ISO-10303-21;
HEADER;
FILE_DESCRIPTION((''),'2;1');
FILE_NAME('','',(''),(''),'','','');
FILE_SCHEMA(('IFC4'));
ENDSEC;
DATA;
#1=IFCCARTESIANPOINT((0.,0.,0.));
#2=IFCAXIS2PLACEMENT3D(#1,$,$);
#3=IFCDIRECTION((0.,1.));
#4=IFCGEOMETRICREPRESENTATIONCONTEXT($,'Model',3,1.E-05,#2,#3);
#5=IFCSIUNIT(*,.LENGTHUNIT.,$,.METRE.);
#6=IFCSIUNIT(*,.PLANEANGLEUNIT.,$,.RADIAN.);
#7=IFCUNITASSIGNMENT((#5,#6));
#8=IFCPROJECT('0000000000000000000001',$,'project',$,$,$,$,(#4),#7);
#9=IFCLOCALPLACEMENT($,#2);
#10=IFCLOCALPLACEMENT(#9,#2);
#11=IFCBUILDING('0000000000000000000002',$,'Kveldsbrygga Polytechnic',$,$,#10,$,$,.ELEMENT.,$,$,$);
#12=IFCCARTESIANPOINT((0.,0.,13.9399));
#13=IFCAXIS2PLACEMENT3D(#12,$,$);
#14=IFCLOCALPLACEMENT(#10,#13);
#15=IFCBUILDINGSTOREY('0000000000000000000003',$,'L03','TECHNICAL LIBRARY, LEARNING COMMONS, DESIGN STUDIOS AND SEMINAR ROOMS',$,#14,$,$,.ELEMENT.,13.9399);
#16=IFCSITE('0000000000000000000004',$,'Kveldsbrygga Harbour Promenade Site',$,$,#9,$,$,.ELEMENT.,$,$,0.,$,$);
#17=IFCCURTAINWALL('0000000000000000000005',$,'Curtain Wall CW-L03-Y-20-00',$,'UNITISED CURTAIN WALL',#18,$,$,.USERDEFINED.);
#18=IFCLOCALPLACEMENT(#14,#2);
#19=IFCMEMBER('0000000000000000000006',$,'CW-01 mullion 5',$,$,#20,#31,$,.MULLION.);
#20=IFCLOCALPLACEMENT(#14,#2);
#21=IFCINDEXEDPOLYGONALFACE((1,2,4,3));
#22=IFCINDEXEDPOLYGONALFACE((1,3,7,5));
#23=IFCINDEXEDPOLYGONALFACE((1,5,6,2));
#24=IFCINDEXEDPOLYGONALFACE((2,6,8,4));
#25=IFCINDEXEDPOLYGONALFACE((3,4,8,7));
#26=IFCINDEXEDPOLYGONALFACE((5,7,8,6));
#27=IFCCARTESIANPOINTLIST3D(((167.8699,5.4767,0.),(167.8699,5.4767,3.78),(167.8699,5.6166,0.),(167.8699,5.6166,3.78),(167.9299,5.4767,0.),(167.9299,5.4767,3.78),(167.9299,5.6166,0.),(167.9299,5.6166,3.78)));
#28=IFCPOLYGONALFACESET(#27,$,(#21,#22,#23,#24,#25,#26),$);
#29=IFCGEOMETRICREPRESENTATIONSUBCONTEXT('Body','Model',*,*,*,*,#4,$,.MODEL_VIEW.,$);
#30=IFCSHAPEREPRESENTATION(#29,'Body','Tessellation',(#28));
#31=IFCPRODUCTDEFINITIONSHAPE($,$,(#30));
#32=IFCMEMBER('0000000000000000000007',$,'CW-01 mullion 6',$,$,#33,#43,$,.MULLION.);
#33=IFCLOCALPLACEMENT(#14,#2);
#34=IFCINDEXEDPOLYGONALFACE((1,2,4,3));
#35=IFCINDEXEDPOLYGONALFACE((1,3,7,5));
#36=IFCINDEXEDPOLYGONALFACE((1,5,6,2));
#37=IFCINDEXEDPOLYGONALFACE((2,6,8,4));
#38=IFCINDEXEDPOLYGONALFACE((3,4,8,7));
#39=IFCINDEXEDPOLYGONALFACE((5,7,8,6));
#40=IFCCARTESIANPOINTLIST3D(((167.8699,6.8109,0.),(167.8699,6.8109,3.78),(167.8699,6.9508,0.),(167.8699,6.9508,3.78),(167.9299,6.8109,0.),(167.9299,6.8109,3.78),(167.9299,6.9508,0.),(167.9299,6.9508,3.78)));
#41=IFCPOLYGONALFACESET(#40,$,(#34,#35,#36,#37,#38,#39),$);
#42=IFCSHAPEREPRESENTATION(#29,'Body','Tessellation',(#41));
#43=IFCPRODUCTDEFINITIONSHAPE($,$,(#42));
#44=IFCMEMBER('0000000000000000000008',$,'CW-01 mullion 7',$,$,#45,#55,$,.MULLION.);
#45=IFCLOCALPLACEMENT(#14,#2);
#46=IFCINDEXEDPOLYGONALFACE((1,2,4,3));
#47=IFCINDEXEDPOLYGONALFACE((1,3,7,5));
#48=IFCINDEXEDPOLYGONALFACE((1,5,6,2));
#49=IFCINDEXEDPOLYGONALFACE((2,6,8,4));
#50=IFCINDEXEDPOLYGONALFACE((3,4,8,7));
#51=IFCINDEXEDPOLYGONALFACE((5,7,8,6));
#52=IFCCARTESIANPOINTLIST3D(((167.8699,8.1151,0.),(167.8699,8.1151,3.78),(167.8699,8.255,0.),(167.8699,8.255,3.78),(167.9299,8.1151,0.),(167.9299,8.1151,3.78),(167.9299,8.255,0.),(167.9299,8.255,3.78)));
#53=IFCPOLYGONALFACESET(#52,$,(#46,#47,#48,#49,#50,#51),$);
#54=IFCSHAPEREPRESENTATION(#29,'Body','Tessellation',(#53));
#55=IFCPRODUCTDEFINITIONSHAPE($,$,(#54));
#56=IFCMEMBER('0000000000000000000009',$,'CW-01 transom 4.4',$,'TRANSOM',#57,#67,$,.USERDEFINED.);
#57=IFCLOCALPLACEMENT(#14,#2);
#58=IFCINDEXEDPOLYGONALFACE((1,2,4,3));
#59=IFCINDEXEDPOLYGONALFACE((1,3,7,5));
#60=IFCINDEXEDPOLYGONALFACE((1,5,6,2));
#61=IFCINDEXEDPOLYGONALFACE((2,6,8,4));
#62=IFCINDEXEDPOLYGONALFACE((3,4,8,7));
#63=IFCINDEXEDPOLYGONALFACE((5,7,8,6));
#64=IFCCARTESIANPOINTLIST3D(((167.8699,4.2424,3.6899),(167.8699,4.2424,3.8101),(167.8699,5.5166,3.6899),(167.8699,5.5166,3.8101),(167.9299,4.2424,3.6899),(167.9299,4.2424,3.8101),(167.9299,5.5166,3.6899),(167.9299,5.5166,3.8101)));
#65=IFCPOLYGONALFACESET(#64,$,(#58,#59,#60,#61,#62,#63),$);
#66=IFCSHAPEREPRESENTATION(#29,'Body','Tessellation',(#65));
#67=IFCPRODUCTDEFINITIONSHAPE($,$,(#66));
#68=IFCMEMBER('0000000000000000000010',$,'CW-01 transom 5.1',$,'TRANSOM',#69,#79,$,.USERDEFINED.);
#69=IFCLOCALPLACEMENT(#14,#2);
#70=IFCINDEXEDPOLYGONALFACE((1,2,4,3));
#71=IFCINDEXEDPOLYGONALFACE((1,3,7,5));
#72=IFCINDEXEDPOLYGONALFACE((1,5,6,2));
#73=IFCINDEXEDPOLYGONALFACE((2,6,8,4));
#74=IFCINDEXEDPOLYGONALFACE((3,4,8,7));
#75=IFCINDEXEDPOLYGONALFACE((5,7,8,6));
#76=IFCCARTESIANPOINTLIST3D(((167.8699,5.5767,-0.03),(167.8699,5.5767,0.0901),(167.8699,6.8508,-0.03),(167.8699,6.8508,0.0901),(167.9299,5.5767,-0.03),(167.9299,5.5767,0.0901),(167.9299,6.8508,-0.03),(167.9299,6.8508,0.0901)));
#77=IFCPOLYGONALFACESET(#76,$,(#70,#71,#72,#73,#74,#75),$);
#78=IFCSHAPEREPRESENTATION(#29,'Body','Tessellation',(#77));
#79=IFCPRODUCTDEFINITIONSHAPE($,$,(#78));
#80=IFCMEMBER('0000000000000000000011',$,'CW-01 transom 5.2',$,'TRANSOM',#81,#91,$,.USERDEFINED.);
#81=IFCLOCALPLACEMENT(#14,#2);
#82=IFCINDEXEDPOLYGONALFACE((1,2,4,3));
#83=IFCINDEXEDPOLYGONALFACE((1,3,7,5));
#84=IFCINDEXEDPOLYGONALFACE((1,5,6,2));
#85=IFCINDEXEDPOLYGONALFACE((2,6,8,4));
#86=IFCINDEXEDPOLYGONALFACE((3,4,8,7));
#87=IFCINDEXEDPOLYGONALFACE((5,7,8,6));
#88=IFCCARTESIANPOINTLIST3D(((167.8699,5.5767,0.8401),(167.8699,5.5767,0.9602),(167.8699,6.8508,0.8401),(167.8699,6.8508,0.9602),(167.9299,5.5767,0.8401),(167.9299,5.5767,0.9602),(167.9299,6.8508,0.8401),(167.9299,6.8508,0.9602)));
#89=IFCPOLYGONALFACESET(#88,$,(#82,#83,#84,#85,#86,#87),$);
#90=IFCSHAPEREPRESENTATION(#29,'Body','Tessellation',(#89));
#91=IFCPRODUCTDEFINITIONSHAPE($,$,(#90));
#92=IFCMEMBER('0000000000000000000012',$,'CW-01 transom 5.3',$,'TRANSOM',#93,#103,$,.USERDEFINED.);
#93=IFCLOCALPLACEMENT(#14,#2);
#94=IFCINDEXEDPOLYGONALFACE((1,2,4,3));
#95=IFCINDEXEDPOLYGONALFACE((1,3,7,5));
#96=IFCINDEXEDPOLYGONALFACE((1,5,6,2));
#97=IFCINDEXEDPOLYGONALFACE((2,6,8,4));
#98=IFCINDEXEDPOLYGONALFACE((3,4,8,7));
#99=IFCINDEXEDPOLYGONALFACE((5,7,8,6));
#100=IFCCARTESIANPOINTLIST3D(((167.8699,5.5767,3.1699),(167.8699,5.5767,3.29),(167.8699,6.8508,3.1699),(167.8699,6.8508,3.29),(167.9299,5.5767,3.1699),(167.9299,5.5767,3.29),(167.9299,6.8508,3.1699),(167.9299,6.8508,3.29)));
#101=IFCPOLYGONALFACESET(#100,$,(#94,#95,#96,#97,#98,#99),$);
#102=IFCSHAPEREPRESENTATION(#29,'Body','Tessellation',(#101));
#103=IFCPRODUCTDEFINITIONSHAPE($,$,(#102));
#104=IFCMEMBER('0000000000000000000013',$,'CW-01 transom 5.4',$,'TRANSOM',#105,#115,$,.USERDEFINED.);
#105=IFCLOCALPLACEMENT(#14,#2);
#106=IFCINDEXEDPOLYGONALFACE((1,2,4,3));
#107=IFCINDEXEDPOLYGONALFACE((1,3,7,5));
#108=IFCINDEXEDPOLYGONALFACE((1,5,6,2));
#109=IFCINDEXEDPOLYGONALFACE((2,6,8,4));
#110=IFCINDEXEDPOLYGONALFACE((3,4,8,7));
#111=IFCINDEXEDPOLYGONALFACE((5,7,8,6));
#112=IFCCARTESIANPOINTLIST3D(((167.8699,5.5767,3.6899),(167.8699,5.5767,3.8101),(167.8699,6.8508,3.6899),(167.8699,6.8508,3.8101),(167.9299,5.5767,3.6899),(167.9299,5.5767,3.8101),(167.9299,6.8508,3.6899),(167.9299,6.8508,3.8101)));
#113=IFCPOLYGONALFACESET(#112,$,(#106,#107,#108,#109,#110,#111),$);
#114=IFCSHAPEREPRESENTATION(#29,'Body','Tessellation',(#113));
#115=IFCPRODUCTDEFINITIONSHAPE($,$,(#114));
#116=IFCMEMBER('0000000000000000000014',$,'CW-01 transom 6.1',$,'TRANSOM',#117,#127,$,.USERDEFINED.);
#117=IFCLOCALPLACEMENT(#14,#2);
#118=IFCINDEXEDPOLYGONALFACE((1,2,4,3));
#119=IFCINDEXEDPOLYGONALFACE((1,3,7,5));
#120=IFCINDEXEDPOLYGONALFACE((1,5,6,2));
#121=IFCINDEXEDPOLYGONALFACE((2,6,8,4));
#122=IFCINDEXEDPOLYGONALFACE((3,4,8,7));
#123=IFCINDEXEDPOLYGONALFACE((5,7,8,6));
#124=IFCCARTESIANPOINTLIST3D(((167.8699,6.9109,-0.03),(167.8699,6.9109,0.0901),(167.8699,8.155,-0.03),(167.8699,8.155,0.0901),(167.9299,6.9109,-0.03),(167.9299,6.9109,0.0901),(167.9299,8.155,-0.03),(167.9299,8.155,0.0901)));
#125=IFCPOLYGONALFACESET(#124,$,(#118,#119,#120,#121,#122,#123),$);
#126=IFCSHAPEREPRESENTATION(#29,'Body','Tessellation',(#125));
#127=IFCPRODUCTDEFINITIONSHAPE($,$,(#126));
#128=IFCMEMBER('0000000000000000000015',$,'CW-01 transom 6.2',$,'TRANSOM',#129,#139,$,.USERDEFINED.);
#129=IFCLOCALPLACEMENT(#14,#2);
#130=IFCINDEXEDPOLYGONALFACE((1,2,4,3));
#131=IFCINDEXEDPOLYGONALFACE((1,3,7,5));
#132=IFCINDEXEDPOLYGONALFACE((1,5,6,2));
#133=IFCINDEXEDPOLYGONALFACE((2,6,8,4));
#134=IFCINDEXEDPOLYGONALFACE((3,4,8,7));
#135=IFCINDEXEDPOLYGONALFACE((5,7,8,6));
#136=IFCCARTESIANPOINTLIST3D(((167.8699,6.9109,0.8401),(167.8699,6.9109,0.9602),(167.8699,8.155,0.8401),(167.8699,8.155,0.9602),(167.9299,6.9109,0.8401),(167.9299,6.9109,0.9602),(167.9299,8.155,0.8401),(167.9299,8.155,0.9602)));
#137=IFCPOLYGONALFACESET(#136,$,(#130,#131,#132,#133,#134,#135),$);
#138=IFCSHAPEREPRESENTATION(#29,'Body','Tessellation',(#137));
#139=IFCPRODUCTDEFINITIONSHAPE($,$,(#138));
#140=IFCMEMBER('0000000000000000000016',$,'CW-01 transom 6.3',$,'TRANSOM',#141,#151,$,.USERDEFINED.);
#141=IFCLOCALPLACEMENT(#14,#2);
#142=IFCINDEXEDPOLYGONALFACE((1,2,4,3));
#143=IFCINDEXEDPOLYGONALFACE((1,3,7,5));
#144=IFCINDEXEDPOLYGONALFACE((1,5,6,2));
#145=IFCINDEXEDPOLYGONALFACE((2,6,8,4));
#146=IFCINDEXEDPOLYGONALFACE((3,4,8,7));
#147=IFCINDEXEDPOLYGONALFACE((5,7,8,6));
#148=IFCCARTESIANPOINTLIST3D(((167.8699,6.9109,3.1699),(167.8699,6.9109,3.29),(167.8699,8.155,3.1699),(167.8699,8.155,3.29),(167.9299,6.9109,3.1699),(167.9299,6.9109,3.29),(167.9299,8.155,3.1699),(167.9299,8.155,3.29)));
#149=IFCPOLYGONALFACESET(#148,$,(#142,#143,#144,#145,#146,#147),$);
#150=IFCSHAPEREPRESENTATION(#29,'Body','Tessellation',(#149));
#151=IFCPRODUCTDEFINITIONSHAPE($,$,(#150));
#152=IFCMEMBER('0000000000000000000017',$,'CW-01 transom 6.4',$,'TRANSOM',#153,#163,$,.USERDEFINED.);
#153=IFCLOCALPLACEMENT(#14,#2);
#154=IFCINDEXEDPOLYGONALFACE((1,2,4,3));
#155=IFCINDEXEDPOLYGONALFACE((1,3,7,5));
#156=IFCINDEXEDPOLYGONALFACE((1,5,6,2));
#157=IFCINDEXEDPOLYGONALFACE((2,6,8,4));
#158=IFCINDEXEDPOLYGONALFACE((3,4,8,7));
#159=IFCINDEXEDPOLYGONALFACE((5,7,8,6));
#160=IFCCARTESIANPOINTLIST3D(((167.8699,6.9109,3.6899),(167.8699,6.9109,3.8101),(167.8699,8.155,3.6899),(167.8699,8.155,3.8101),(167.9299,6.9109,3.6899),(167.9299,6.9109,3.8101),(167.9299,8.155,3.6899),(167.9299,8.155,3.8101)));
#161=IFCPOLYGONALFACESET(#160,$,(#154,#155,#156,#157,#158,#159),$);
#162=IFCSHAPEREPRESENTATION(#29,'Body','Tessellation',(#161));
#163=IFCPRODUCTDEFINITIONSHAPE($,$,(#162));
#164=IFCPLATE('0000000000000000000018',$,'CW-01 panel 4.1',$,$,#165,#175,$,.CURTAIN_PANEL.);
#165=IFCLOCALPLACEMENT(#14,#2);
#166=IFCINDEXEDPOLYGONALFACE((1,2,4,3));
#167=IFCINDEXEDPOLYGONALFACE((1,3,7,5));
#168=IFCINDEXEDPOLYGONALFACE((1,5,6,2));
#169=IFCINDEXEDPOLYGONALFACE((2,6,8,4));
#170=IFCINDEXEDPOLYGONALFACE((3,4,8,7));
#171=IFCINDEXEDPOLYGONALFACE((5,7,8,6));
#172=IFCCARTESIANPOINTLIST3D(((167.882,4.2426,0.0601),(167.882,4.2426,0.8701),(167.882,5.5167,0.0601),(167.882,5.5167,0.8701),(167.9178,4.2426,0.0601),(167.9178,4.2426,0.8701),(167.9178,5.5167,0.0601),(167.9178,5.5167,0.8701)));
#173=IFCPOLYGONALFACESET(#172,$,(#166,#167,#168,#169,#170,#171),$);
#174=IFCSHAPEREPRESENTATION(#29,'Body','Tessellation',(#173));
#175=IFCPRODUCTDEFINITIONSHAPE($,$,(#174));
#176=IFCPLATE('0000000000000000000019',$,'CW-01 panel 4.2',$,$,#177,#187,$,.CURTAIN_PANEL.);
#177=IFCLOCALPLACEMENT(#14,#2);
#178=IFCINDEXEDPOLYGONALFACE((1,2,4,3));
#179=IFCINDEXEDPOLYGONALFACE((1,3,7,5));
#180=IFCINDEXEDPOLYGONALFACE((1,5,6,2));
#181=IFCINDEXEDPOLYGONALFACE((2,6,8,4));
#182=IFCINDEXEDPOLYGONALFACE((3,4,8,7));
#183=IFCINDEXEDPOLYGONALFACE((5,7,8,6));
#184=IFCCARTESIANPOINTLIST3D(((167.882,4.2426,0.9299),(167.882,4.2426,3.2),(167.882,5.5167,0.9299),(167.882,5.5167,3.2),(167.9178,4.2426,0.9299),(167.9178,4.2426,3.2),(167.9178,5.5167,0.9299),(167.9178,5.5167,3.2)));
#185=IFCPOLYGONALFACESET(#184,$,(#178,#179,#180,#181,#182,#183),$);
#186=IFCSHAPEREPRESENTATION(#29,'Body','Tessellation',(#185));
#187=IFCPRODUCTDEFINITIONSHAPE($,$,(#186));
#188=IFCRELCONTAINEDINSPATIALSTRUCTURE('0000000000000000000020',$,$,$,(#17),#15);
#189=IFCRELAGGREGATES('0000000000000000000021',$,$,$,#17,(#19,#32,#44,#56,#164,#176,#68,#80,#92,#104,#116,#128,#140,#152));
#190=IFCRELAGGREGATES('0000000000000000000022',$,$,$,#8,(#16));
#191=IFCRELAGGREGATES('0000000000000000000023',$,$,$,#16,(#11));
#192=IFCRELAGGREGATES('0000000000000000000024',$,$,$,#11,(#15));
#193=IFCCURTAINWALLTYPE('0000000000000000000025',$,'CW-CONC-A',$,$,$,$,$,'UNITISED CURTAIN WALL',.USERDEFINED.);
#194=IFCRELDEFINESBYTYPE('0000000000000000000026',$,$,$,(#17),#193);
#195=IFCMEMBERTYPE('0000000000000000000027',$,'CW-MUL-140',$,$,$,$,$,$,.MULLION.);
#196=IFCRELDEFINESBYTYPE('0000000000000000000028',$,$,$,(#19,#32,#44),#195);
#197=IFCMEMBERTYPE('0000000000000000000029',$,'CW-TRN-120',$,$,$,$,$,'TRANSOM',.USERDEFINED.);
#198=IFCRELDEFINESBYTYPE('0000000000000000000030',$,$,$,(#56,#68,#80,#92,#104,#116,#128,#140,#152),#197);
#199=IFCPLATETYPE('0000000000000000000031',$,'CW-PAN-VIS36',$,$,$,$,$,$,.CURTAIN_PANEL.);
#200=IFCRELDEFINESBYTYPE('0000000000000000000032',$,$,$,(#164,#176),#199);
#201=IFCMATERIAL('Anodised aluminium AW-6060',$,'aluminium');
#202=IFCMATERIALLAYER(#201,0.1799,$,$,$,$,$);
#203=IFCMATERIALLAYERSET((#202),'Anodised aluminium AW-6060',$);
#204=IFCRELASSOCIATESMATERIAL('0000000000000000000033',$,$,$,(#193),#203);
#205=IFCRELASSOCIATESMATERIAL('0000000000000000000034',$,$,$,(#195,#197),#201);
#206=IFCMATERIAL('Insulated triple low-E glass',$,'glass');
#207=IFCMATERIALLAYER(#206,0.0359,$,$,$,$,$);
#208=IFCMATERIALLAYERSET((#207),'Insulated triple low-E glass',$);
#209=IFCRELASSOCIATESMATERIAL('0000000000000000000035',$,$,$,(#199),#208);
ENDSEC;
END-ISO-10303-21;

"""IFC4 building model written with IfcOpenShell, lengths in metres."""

from ifc_helpers import new_model, si_unit, direction, frame, origin, origin_2d, place, context, subcontext, project, spatial, rectangle, extrude, material, layer, layer_set, material_profile, profile_set, type_object, element, aggregate, save


model = new_model("IFC4")

# Units and contexts
model_context = context("Model", 3, precision=1e-05, world=origin(), true_north=direction((0.0, 1.0)))
body_context = subcontext(model_context, "Body", "Model", "MODEL_VIEW")
ifc_project = project(units=[si_unit("LENGTHUNIT", "METRE"), si_unit("PLANEANGLEUNIT", "RADIAN")], contexts=[model_context])

# Site, building, storey
site_placement = place(None, origin())
site = spatial("IfcSite", under=ifc_project, at=site_placement, Name="Kveldsbrygga Harbour Promenade Site", CompositionType="ELEMENT", RefElevation=0.0)
building_placement = place(site_placement, origin())
building = spatial("IfcBuilding", under=site, at=building_placement, Name="Kveldsbrygga Polytechnic", CompositionType="ELEMENT")
storey_placement = place(building_placement, frame((0.0, 0.0, 13.9399)))
storey = spatial("IfcBuildingStorey", under=building, at=storey_placement, Name="L03", Description="TECHNICAL LIBRARY, LEARNING COMMONS, DESIGN STUDIOS AND SEMINAR ROOMS", CompositionType="ELEMENT", Elevation=13.9399)

# Curtain wall, members, plates
ifc_material_1 = material(Name="Anodised aluminium AW-6060", Category="aluminium")
ifc_layer_1 = layer(ifc_material_1, 0.1799)
ifc_layer_set_1 = layer_set([ifc_layer_1], Name="Anodised aluminium AW-6060")
curtain_wall_type = type_object("IfcCurtainWallType", Name="CW-CONC-A", ElementType="UNITISED CURTAIN WALL", PredefinedType="USERDEFINED", material=ifc_layer_set_1)
curtain_wall_placement = place(storey_placement, origin())
curtain_wall = element("IfcCurtainWall", 1, at=curtain_wall_placement, inside=storey, type_object=curtain_wall_type, Name="Curtain Wall CW-L03-Y-20-00", ObjectType="UNITISED CURTAIN WALL", PredefinedType="USERDEFINED")
ifc_material_profile_1 = material_profile(ifc_material_1, rectangle(XDim=0.0601, YDim=0.1399, at=origin_2d()), Name="ALU 60x140")
ifc_profile_set_1 = profile_set([ifc_material_profile_1], Name="Anodised aluminium AW-6060")
member_type_1 = type_object("IfcMemberType", Name="CW-MUL-140", PredefinedType="MULLION", material=ifc_profile_set_1)
member_1_placement = place(storey_placement, frame((167.8999, 5.5466, 0.0), z_axis=(0.0, 0.0, 1.0), x_axis=(-1.0, 0.0, 0.0)))
member_1 = element("IfcMember", 2, at=member_1_placement, type_object=member_type_1, Name="CW-01 mullion 5", PredefinedType="MULLION", context=body_context, shape_type="SweptSolid", body=[
    extrude(rectangle(XDim=0.0601, YDim=0.1399, at=origin_2d()), origin(), (0.0, 0.0, 1.0), 3.78),
])
member_2_placement = place(storey_placement, frame((167.8999, 6.8809, 0.0), z_axis=(0.0, 0.0, 1.0), x_axis=(-1.0, 0.0, 0.0)))
member_2 = element("IfcMember", 3, at=member_2_placement, type_object=member_type_1, Name="CW-01 mullion 6", PredefinedType="MULLION", context=body_context, shape_type="SweptSolid", body=[
    extrude(rectangle(XDim=0.0601, YDim=0.1399, at=origin_2d()), origin(), (0.0, 0.0, 1.0), 3.78),
])
member_3_placement = place(storey_placement, frame((167.8999, 8.1851, 0.0), z_axis=(0.0, 0.0, 1.0), x_axis=(-1.0, 0.0, 0.0)))
member_3 = element("IfcMember", 4, at=member_3_placement, type_object=member_type_1, Name="CW-01 mullion 7", PredefinedType="MULLION", context=body_context, shape_type="SweptSolid", body=[
    extrude(rectangle(XDim=0.0601, YDim=0.1399, at=origin_2d()), origin(), (0.0, 0.0, 1.0), 3.78),
])
ifc_material_profile_2 = material_profile(ifc_material_1, rectangle(XDim=0.0601, YDim=0.1201, at=origin_2d()), Name="ALU 60x120")
ifc_profile_set_2 = profile_set([ifc_material_profile_2], Name="Anodised aluminium AW-6060")
member_type_2 = type_object("IfcMemberType", Name="CW-TRN-120", ElementType="TRANSOM", PredefinedType="USERDEFINED", material=ifc_profile_set_2)
member_4_placement = place(storey_placement, frame((167.8999, 4.2424, 3.75), z_axis=(0.0, 1.0, 0.0), x_axis=(-1.0, 0.0, 0.0)))
member_4 = element("IfcMember", 5, at=member_4_placement, type_object=member_type_2, Name="CW-01 transom 4.4", ObjectType="TRANSOM", PredefinedType="USERDEFINED", context=body_context, shape_type="SweptSolid", body=[
    extrude(rectangle(XDim=0.0601, YDim=0.1201, at=origin_2d()), origin(), (0.0, 0.0, 1.0), 1.2742),
])
member_5_placement = place(storey_placement, frame((167.8999, 5.5767, 0.03), z_axis=(0.0, 1.0, 0.0), x_axis=(-1.0, 0.0, 0.0)))
member_5 = element("IfcMember", 6, at=member_5_placement, type_object=member_type_2, Name="CW-01 transom 5.1", ObjectType="TRANSOM", PredefinedType="USERDEFINED", context=body_context, shape_type="SweptSolid", body=[
    extrude(rectangle(XDim=0.0601, YDim=0.1201, at=origin_2d()), origin(), (0.0, 0.0, 1.0), 1.2742),
])
member_6_placement = place(storey_placement, frame((167.8999, 5.5767, 0.9001), z_axis=(0.0, 1.0, 0.0), x_axis=(-1.0, 0.0, 0.0)))
member_6 = element("IfcMember", 7, at=member_6_placement, type_object=member_type_2, Name="CW-01 transom 5.2", ObjectType="TRANSOM", PredefinedType="USERDEFINED", context=body_context, shape_type="SweptSolid", body=[
    extrude(rectangle(XDim=0.0601, YDim=0.1201, at=origin_2d()), origin(), (0.0, 0.0, 1.0), 1.2742),
])
member_7_placement = place(storey_placement, frame((167.8999, 5.5767, 3.23), z_axis=(0.0, 1.0, 0.0), x_axis=(-1.0, 0.0, 0.0)))
member_7 = element("IfcMember", 8, at=member_7_placement, type_object=member_type_2, Name="CW-01 transom 5.3", ObjectType="TRANSOM", PredefinedType="USERDEFINED", context=body_context, shape_type="SweptSolid", body=[
    extrude(rectangle(XDim=0.0601, YDim=0.1201, at=origin_2d()), origin(), (0.0, 0.0, 1.0), 1.2742),
])
member_8_placement = place(storey_placement, frame((167.8999, 5.5767, 3.75), z_axis=(0.0, 1.0, 0.0), x_axis=(-1.0, 0.0, 0.0)))
member_8 = element("IfcMember", 9, at=member_8_placement, type_object=member_type_2, Name="CW-01 transom 5.4", ObjectType="TRANSOM", PredefinedType="USERDEFINED", context=body_context, shape_type="SweptSolid", body=[
    extrude(rectangle(XDim=0.0601, YDim=0.1201, at=origin_2d()), origin(), (0.0, 0.0, 1.0), 1.2742),
])
member_9_placement = place(storey_placement, frame((167.8999, 6.9109, 0.03), z_axis=(0.0, 1.0, 0.0), x_axis=(-1.0, 0.0, 0.0)))
member_9 = element("IfcMember", 10, at=member_9_placement, type_object=member_type_2, Name="CW-01 transom 6.1", ObjectType="TRANSOM", PredefinedType="USERDEFINED", context=body_context, shape_type="SweptSolid", body=[
    extrude(rectangle(XDim=0.0601, YDim=0.1201, at=origin_2d()), origin(), (0.0, 0.0, 1.0), 1.2441),
])
member_10_placement = place(storey_placement, frame((167.8999, 6.9109, 0.9001), z_axis=(0.0, 1.0, 0.0), x_axis=(-1.0, 0.0, 0.0)))
member_10 = element("IfcMember", 11, at=member_10_placement, type_object=member_type_2, Name="CW-01 transom 6.2", ObjectType="TRANSOM", PredefinedType="USERDEFINED", context=body_context, shape_type="SweptSolid", body=[
    extrude(rectangle(XDim=0.0601, YDim=0.1201, at=origin_2d()), origin(), (0.0, 0.0, 1.0), 1.2441),
])
member_11_placement = place(storey_placement, frame((167.8999, 6.9109, 3.23), z_axis=(0.0, 1.0, 0.0), x_axis=(-1.0, 0.0, 0.0)))
member_11 = element("IfcMember", 12, at=member_11_placement, type_object=member_type_2, Name="CW-01 transom 6.3", ObjectType="TRANSOM", PredefinedType="USERDEFINED", context=body_context, shape_type="SweptSolid", body=[
    extrude(rectangle(XDim=0.0601, YDim=0.1201, at=origin_2d()), origin(), (0.0, 0.0, 1.0), 1.2441),
])
member_12_placement = place(storey_placement, frame((167.8999, 6.9109, 3.75), z_axis=(0.0, 1.0, 0.0), x_axis=(-1.0, 0.0, 0.0)))
member_12 = element("IfcMember", 13, at=member_12_placement, type_object=member_type_2, Name="CW-01 transom 6.4", ObjectType="TRANSOM", PredefinedType="USERDEFINED", context=body_context, shape_type="SweptSolid", body=[
    extrude(rectangle(XDim=0.0601, YDim=0.1201, at=origin_2d()), origin(), (0.0, 0.0, 1.0), 1.2441),
])
ifc_material_2 = material(Name="Insulated triple low-E glass", Category="glass")
ifc_layer_2 = layer(ifc_material_2, 0.0359)
ifc_layer_set_2 = layer_set([ifc_layer_2], Name="Insulated triple low-E glass")
plate_type = type_object("IfcPlateType", Name="CW-PAN-VIS36", PredefinedType="CURTAIN_PANEL", material=ifc_layer_set_2)
plate_1_placement = place(storey_placement, frame((167.8999, 4.8796, 0.0601), z_axis=(0.0, 0.0, 1.0), x_axis=(0.0, 1.0, 0.0)))
plate_1 = element("IfcPlate", 14, at=plate_1_placement, type_object=plate_type, Name="CW-01 panel 4.1", PredefinedType="CURTAIN_PANEL", context=body_context, shape_type="SweptSolid", body=[
    extrude(rectangle(XDim=1.2742, YDim=0.0359, at=origin_2d()), origin(), (0.0, 0.0, 1.0), 0.8101),
])
plate_2_placement = place(storey_placement, frame((167.8999, 4.8796, 0.9299), z_axis=(0.0, 0.0, 1.0), x_axis=(0.0, 1.0, 0.0)))
plate_2 = element("IfcPlate", 15, at=plate_2_placement, type_object=plate_type, Name="CW-01 panel 4.2", PredefinedType="CURTAIN_PANEL", context=body_context, shape_type="SweptSolid", body=[
    extrude(rectangle(XDim=1.2742, YDim=0.0359, at=origin_2d()), origin(), (0.0, 0.0, 1.0), 2.27),
])
aggregate(curtain_wall, [member_1, member_2, member_3, member_4, plate_1, plate_2, member_5, member_6, member_7, member_8, member_9, member_10, member_11, member_12])

save(model, "model.ifc")
